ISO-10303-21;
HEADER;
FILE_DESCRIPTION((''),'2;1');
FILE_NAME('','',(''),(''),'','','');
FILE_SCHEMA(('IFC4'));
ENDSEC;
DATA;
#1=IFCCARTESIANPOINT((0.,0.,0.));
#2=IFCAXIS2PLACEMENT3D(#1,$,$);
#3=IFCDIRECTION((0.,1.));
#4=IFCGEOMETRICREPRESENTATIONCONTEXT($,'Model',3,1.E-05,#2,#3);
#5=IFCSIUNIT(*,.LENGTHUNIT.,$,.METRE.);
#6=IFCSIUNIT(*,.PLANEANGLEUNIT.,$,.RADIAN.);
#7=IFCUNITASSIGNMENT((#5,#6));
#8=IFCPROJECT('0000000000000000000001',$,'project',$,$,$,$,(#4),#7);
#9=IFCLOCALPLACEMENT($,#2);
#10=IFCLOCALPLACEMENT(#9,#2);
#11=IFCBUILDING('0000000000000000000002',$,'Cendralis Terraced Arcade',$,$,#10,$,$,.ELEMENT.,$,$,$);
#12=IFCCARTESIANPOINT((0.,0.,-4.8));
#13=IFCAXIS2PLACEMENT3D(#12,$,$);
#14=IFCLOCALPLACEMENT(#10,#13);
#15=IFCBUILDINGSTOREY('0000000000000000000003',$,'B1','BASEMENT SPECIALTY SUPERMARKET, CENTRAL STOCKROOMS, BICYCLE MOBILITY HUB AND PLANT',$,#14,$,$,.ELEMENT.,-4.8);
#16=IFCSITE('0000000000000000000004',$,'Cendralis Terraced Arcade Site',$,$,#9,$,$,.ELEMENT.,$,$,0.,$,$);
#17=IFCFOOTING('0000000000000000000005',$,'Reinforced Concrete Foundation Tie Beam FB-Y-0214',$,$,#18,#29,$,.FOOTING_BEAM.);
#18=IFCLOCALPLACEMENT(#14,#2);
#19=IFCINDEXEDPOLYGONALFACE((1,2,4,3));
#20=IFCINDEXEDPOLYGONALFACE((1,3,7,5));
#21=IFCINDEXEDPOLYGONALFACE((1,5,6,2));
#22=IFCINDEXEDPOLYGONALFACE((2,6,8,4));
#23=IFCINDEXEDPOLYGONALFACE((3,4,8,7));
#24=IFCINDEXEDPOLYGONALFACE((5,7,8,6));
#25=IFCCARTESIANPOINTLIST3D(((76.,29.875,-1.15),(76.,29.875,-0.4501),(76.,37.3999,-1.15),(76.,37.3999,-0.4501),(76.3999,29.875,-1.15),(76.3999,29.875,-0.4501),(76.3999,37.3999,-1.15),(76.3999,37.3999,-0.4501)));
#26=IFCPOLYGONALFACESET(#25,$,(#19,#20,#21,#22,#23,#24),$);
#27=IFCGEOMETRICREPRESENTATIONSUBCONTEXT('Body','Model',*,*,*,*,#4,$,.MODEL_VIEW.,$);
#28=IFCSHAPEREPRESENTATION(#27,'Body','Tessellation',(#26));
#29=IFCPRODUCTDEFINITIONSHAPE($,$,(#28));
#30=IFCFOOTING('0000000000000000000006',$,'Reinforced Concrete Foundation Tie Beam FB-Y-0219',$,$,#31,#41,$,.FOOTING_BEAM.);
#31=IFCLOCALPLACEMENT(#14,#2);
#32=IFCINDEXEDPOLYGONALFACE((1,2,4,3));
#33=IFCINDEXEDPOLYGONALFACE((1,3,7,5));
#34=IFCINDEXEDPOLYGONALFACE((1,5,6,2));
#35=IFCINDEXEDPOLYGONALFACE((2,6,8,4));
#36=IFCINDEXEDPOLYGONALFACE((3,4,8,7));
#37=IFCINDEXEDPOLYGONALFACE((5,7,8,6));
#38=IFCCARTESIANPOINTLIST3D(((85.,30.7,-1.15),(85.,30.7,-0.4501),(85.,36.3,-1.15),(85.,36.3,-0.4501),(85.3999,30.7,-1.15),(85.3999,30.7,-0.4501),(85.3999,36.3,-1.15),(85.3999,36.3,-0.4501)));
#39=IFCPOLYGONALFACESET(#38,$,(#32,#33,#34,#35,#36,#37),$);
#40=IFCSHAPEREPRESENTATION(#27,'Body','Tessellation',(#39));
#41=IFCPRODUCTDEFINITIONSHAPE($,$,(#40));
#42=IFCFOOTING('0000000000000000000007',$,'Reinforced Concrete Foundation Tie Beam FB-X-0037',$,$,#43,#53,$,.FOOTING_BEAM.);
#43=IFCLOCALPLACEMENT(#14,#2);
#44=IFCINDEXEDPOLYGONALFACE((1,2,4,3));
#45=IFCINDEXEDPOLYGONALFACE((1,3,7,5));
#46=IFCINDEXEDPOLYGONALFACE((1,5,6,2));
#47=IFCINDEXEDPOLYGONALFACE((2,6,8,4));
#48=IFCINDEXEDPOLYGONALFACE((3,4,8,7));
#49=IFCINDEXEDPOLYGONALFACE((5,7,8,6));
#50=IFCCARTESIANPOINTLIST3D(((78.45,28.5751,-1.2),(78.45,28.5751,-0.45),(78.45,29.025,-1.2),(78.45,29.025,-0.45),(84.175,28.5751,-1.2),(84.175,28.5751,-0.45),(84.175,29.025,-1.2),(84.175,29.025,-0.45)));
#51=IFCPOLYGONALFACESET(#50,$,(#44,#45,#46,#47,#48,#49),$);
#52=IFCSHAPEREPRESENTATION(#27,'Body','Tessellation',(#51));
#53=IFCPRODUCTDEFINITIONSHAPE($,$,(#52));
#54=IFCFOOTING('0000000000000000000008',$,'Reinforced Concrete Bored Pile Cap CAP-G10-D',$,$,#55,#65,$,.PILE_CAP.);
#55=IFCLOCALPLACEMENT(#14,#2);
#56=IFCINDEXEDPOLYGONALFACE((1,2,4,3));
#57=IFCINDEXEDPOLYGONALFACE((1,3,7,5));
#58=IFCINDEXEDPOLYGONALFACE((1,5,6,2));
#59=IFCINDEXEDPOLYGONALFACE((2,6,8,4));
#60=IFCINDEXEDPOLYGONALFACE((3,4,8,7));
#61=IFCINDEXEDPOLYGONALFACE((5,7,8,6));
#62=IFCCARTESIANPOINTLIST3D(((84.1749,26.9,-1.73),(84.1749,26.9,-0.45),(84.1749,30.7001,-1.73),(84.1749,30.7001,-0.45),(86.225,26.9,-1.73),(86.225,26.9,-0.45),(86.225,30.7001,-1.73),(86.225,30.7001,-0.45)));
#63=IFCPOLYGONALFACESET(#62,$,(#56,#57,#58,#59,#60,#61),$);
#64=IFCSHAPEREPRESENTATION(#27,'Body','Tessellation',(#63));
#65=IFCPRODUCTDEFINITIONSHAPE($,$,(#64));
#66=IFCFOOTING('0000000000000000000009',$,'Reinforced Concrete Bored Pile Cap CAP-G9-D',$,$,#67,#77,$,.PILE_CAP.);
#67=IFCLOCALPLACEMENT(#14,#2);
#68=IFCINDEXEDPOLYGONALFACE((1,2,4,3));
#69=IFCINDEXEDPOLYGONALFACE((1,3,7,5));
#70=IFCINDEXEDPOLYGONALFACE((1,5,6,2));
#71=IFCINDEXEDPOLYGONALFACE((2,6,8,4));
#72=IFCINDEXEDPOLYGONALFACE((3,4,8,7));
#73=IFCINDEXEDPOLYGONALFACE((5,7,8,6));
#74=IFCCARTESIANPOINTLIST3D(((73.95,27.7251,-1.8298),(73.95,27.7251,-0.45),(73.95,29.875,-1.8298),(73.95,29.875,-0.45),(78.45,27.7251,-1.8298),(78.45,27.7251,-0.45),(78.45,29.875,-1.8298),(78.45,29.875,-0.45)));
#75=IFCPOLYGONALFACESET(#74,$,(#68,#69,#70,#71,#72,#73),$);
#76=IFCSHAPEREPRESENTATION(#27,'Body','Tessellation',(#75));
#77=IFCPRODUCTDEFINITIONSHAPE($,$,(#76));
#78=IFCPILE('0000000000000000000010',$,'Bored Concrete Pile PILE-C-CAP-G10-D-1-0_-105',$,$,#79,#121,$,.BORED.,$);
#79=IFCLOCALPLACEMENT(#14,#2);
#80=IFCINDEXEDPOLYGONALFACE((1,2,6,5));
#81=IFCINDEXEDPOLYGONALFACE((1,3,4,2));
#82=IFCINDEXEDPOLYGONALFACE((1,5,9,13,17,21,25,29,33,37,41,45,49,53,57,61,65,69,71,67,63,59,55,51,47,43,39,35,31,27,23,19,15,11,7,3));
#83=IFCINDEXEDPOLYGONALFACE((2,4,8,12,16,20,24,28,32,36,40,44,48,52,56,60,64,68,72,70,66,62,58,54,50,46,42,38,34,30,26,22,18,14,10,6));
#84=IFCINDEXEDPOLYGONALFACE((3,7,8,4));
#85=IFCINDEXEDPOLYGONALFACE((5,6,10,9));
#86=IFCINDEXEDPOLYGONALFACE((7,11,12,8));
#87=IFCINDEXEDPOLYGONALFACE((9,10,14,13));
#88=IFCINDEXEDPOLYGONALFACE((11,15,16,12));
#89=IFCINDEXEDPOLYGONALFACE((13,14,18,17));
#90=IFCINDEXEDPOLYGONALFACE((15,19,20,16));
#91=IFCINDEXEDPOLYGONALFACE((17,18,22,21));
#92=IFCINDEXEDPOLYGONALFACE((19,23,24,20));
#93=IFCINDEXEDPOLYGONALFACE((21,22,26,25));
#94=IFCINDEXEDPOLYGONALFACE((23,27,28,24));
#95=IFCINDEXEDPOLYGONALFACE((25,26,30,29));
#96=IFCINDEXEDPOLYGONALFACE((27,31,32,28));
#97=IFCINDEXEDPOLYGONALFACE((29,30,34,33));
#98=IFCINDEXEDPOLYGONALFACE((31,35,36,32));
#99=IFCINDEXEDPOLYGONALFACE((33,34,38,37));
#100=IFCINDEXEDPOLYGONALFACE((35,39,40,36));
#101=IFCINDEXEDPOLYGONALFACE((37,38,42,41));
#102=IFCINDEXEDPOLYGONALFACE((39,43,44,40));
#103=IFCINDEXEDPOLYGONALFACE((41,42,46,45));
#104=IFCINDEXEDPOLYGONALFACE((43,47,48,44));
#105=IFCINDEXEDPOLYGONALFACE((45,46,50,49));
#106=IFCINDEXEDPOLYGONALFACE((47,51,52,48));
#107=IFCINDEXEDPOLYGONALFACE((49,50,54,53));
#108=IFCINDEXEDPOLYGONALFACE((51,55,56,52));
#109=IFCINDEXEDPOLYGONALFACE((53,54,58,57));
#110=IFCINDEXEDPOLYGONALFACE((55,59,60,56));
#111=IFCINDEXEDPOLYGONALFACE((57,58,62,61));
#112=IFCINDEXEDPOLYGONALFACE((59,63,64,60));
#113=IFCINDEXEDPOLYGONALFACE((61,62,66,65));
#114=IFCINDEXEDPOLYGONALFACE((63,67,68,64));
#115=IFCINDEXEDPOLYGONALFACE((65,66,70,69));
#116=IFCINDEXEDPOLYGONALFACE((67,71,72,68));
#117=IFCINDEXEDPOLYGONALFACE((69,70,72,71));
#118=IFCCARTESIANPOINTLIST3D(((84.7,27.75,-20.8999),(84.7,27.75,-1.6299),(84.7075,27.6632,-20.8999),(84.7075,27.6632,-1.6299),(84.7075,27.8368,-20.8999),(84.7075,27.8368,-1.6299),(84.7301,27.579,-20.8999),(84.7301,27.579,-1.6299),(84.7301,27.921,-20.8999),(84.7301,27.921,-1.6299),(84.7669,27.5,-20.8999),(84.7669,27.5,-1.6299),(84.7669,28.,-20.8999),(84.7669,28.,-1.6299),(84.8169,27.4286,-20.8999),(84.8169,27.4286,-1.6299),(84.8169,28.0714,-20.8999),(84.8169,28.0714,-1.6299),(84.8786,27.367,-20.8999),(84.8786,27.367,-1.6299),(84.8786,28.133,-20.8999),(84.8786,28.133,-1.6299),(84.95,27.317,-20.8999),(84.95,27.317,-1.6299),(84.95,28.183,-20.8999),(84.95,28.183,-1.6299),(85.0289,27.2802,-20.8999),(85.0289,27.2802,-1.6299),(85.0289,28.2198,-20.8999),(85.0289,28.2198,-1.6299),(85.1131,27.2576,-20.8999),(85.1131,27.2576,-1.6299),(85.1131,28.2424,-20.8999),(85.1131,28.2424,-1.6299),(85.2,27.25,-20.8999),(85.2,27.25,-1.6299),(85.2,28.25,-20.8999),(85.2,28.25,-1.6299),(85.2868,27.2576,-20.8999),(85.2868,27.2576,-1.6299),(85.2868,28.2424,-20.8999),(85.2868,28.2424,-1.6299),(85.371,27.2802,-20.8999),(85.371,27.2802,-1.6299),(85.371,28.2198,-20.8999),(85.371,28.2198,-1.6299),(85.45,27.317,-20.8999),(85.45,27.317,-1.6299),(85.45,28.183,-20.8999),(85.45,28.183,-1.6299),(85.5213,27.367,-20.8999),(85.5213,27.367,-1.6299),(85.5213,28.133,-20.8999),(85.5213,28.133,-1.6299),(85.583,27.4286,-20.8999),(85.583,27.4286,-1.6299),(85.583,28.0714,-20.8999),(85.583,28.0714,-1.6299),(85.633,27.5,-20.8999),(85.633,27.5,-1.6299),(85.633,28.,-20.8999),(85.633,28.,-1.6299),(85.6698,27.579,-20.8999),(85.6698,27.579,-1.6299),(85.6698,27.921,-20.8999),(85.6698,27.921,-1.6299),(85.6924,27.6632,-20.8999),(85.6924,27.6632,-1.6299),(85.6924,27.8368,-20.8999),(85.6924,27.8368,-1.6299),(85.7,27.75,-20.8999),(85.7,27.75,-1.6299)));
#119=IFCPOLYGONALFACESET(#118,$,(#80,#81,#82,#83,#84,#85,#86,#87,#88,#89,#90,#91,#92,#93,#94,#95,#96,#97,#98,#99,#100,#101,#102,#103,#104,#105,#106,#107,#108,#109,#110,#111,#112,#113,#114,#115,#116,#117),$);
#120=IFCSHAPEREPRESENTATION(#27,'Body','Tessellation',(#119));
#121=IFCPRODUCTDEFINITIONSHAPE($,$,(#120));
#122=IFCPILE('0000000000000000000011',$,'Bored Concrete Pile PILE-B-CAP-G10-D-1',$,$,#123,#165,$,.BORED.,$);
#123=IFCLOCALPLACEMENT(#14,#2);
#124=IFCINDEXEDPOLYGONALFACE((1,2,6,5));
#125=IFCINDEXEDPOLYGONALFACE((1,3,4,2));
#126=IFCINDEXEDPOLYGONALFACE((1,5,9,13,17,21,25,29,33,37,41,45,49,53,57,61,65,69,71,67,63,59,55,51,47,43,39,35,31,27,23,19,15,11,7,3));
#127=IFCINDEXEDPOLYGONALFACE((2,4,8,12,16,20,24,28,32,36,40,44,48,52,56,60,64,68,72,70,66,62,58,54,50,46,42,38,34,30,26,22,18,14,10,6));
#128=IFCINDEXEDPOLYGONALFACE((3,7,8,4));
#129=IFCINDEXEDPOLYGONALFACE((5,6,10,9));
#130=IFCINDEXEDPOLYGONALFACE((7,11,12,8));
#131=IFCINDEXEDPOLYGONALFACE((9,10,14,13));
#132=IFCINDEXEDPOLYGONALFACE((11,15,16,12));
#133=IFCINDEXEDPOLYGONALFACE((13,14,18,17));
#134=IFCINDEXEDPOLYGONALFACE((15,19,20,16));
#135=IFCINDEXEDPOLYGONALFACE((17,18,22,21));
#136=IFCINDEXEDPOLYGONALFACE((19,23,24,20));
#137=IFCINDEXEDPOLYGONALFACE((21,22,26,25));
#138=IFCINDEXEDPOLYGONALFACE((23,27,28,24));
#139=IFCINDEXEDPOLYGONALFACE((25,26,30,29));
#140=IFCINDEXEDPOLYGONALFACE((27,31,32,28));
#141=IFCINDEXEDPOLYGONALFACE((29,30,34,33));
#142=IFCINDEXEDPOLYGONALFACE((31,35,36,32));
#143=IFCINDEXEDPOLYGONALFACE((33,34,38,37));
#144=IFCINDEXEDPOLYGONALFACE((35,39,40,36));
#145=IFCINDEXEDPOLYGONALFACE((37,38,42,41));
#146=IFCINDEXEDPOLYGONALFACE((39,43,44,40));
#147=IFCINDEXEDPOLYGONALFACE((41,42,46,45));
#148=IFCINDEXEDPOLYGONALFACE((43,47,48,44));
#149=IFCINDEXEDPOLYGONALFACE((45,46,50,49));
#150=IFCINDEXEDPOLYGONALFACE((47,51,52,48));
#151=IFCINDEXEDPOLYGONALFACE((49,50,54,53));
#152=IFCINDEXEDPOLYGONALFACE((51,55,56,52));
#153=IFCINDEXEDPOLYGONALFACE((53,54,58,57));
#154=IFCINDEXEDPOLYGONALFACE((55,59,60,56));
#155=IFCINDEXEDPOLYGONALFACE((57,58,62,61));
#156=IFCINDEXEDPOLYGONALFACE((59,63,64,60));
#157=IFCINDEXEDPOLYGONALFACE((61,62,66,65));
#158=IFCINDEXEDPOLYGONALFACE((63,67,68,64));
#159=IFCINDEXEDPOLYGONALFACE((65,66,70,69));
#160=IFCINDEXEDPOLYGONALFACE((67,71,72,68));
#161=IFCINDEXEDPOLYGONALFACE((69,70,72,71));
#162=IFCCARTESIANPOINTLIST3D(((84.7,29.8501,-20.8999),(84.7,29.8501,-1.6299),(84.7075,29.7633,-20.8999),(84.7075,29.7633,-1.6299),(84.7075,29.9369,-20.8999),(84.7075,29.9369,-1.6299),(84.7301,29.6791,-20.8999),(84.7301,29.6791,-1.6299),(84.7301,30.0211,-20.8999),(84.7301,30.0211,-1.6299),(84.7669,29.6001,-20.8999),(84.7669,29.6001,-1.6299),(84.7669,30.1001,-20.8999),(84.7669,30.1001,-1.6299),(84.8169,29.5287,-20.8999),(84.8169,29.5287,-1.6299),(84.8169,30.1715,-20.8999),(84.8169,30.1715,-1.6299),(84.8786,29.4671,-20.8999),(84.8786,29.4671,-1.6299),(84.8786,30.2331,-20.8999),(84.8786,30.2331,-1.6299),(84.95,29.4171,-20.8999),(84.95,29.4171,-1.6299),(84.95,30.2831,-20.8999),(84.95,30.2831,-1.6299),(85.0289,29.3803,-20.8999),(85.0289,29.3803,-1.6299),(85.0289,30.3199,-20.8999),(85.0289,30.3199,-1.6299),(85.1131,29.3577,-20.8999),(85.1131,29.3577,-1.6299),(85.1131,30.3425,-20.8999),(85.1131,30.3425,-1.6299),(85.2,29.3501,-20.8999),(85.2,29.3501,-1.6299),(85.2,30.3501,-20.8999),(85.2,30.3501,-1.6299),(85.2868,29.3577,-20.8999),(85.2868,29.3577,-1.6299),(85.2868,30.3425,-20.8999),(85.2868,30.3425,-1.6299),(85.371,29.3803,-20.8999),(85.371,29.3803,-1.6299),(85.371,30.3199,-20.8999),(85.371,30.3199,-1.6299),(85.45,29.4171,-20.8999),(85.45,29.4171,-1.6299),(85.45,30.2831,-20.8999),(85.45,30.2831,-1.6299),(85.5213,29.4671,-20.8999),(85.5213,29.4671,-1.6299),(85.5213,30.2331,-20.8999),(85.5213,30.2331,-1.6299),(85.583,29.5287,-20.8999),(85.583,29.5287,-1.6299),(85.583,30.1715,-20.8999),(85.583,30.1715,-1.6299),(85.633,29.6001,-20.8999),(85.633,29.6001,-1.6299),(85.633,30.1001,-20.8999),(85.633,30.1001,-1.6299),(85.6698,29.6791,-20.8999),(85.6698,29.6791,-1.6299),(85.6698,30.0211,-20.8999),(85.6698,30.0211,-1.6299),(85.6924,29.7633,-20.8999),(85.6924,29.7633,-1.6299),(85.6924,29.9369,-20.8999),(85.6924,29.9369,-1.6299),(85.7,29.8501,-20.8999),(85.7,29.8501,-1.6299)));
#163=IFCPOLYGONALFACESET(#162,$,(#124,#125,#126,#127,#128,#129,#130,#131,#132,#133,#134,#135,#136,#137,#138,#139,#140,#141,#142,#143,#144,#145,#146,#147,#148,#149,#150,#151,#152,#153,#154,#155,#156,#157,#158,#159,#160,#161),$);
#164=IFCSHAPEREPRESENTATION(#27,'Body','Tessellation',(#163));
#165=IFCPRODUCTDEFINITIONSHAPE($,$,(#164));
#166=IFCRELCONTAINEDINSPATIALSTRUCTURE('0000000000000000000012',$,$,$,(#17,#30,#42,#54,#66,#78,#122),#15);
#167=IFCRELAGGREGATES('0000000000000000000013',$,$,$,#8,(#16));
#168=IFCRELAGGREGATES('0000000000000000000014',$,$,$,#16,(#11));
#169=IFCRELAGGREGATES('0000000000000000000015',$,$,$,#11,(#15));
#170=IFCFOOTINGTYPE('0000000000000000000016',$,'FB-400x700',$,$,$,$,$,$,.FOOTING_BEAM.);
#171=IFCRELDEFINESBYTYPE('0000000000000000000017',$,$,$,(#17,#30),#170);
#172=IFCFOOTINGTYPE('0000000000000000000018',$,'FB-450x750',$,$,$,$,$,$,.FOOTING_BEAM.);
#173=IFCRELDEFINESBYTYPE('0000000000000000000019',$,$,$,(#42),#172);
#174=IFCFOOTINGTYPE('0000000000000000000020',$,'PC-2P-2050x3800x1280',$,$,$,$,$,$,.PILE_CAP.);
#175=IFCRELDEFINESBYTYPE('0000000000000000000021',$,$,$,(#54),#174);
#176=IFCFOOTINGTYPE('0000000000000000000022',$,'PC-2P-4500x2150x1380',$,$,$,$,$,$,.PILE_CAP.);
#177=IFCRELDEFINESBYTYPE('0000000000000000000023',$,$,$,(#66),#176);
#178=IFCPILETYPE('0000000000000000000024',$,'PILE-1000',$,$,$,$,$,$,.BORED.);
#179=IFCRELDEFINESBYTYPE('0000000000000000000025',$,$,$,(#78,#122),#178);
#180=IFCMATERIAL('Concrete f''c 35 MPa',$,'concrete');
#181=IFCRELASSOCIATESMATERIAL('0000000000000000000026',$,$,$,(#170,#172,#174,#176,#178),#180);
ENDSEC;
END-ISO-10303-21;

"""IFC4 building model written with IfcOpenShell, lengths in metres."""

from ifc_helpers import new_model, si_unit, direction, frame, origin, origin_2d, place, context, subcontext, project, spatial, rectangle, circle, extrude, material, material_profile, profile_set, type_object, element, save


model = new_model("IFC4")

# Units and contexts
model_context = context("Model", 3, precision=1e-05, world=origin(), true_north=direction((0.0, 1.0)))
body_context = subcontext(model_context, "Body", "Model", "MODEL_VIEW")
ifc_project = project(units=[si_unit("LENGTHUNIT", "METRE"), si_unit("PLANEANGLEUNIT", "RADIAN")], contexts=[model_context])

# Site, building, storey
site_placement = place(None, origin())
site = spatial("IfcSite", under=ifc_project, at=site_placement, Name="Cendralis Terraced Arcade Site", CompositionType="ELEMENT", RefElevation=0.0)
building_placement = place(site_placement, origin())
building = spatial("IfcBuilding", under=site, at=building_placement, Name="Cendralis Terraced Arcade", CompositionType="ELEMENT")
storey_placement = place(building_placement, frame((0.0, 0.0, -4.8)))
storey = spatial("IfcBuildingStorey", under=building, at=storey_placement, Name="B1", Description="BASEMENT SPECIALTY SUPERMARKET, CENTRAL STOCKROOMS, BICYCLE MOBILITY HUB AND PLANT", CompositionType="ELEMENT", Elevation=-4.8)

# Footings
ifc_material_1 = material(Name="Concrete f'c 35 MPa", Category="concrete")
ifc_material_profile_1 = material_profile(ifc_material_1, rectangle(XDim=0.3999, YDim=0.7, at=origin_2d()), Name="FB-400x700", Category="LoadBearing")
ifc_profile_set_1 = profile_set([ifc_material_profile_1], Name="Concrete f'c 35 MPa")
footing_type_1 = type_object("IfcFootingType", Name="FB-400x700", PredefinedType="FOOTING_BEAM", material=ifc_profile_set_1)
footing_1_placement = place(storey_placement, frame((76.2, 29.875, -0.8), z_axis=(0.0, 1.0, 0.0), x_axis=(-1.0, 0.0, 0.0)))
element("IfcFooting", 1, at=footing_1_placement, inside=storey, type_object=footing_type_1, Name="Reinforced Concrete Foundation Tie Beam FB-Y-0214", PredefinedType="FOOTING_BEAM", context=body_context, shape_type="SweptSolid", body=[
    extrude(rectangle(XDim=0.3999, YDim=0.7, at=origin_2d()), origin(), (0.0, 0.0, 1.0), 7.5249),
])
footing_2_placement = place(storey_placement, frame((85.2, 30.7, -0.8), z_axis=(0.0, 1.0, 0.0), x_axis=(-1.0, 0.0, 0.0)))
element("IfcFooting", 2, at=footing_2_placement, inside=storey, type_object=footing_type_1, Name="Reinforced Concrete Foundation Tie Beam FB-Y-0219", PredefinedType="FOOTING_BEAM", context=body_context, shape_type="SweptSolid", body=[
    extrude(rectangle(XDim=0.3999, YDim=0.7, at=origin_2d()), origin(), (0.0, 0.0, 1.0), 5.6001),
])
ifc_material_profile_2 = material_profile(ifc_material_1, rectangle(XDim=0.45, YDim=0.75, at=origin_2d()), Name="FB-450x750", Category="LoadBearing")
ifc_profile_set_2 = profile_set([ifc_material_profile_2], Name="Concrete f'c 35 MPa")
footing_type_2 = type_object("IfcFootingType", Name="FB-450x750", PredefinedType="FOOTING_BEAM", material=ifc_profile_set_2)
footing_3_placement = place(storey_placement, frame((78.45, 28.8, -0.825), z_axis=(1.0, 0.0, 0.0), x_axis=(0.0, 1.0, 0.0)))
element("IfcFooting", 3, at=footing_3_placement, inside=storey, type_object=footing_type_2, Name="Reinforced Concrete Foundation Tie Beam FB-X-0037", PredefinedType="FOOTING_BEAM", context=body_context, shape_type="SweptSolid", body=[
    extrude(rectangle(XDim=0.45, YDim=0.75, at=origin_2d()), origin(), (0.0, 0.0, 1.0), 5.7251),
])
footing_type_3 = type_object("IfcFootingType", Name="PC-2P-2050x3800x1280", PredefinedType="PILE_CAP", material=ifc_material_1)
footing_4_placement = place(storey_placement, frame((85.2, 28.8, -1.73), z_axis=(0.0, 0.0, 1.0), x_axis=(1.0, 0.0, 0.0)))
element("IfcFooting", 4, at=footing_4_placement, inside=storey, type_object=footing_type_3, Name="Reinforced Concrete Bored Pile Cap CAP-G10-D", PredefinedType="PILE_CAP", context=body_context, shape_type="SweptSolid", body=[
    extrude(rectangle(XDim=2.05, YDim=3.8, at=origin_2d()), origin(), (0.0, 0.0, 1.0), 1.28),
])
footing_type_4 = type_object("IfcFootingType", Name="PC-2P-4500x2150x1380", PredefinedType="PILE_CAP", material=ifc_material_1)
footing_5_placement = place(storey_placement, frame((76.2, 28.8, -1.8298), z_axis=(0.0, 0.0, 1.0), x_axis=(1.0, 0.0, 0.0)))
element("IfcFooting", 5, at=footing_5_placement, inside=storey, type_object=footing_type_4, Name="Reinforced Concrete Bored Pile Cap CAP-G9-D", PredefinedType="PILE_CAP", context=body_context, shape_type="SweptSolid", body=[
    extrude(rectangle(XDim=4.5, YDim=2.1499, at=origin_2d()), origin(), (0.0, 0.0, 1.0), 1.3799),
])

# Piles
ifc_material_profile_3 = material_profile(ifc_material_1, circle(Radius=0.5, at=origin_2d()), Name="PILE-D1000", Category="LoadBearing")
ifc_profile_set_3 = profile_set([ifc_material_profile_3], Name="Concrete f'c 35 MPa")
pile_type = type_object("IfcPileType", Name="PILE-1000", PredefinedType="BORED", material=ifc_profile_set_3)
for number, where, z_axis, x_axis, name in (
    (6, (85.2, 27.75, -1.6299), (0.0, 0.0, -1.0), (1.0, 0.0, 0.0), "Bored Concrete Pile PILE-C-CAP-G10-D-1-0_-105"),
    (7, (85.2, 29.8501, -1.6299), (0.0, 0.0, -1.0), (1.0, 0.0, 0.0), "Bored Concrete Pile PILE-B-CAP-G10-D-1"),
):
    element("IfcPile", number, at=place(storey_placement, frame(where, z_axis=z_axis, x_axis=x_axis)), inside=storey, type_object=pile_type, Name=name, PredefinedType="BORED", context=body_context, shape_type="SweptSolid", body=[
        extrude(circle(Radius=0.5, at=origin_2d()), origin(), (0.0, 0.0, 1.0), 19.27),
    ])

save(model, "model.ifc")
